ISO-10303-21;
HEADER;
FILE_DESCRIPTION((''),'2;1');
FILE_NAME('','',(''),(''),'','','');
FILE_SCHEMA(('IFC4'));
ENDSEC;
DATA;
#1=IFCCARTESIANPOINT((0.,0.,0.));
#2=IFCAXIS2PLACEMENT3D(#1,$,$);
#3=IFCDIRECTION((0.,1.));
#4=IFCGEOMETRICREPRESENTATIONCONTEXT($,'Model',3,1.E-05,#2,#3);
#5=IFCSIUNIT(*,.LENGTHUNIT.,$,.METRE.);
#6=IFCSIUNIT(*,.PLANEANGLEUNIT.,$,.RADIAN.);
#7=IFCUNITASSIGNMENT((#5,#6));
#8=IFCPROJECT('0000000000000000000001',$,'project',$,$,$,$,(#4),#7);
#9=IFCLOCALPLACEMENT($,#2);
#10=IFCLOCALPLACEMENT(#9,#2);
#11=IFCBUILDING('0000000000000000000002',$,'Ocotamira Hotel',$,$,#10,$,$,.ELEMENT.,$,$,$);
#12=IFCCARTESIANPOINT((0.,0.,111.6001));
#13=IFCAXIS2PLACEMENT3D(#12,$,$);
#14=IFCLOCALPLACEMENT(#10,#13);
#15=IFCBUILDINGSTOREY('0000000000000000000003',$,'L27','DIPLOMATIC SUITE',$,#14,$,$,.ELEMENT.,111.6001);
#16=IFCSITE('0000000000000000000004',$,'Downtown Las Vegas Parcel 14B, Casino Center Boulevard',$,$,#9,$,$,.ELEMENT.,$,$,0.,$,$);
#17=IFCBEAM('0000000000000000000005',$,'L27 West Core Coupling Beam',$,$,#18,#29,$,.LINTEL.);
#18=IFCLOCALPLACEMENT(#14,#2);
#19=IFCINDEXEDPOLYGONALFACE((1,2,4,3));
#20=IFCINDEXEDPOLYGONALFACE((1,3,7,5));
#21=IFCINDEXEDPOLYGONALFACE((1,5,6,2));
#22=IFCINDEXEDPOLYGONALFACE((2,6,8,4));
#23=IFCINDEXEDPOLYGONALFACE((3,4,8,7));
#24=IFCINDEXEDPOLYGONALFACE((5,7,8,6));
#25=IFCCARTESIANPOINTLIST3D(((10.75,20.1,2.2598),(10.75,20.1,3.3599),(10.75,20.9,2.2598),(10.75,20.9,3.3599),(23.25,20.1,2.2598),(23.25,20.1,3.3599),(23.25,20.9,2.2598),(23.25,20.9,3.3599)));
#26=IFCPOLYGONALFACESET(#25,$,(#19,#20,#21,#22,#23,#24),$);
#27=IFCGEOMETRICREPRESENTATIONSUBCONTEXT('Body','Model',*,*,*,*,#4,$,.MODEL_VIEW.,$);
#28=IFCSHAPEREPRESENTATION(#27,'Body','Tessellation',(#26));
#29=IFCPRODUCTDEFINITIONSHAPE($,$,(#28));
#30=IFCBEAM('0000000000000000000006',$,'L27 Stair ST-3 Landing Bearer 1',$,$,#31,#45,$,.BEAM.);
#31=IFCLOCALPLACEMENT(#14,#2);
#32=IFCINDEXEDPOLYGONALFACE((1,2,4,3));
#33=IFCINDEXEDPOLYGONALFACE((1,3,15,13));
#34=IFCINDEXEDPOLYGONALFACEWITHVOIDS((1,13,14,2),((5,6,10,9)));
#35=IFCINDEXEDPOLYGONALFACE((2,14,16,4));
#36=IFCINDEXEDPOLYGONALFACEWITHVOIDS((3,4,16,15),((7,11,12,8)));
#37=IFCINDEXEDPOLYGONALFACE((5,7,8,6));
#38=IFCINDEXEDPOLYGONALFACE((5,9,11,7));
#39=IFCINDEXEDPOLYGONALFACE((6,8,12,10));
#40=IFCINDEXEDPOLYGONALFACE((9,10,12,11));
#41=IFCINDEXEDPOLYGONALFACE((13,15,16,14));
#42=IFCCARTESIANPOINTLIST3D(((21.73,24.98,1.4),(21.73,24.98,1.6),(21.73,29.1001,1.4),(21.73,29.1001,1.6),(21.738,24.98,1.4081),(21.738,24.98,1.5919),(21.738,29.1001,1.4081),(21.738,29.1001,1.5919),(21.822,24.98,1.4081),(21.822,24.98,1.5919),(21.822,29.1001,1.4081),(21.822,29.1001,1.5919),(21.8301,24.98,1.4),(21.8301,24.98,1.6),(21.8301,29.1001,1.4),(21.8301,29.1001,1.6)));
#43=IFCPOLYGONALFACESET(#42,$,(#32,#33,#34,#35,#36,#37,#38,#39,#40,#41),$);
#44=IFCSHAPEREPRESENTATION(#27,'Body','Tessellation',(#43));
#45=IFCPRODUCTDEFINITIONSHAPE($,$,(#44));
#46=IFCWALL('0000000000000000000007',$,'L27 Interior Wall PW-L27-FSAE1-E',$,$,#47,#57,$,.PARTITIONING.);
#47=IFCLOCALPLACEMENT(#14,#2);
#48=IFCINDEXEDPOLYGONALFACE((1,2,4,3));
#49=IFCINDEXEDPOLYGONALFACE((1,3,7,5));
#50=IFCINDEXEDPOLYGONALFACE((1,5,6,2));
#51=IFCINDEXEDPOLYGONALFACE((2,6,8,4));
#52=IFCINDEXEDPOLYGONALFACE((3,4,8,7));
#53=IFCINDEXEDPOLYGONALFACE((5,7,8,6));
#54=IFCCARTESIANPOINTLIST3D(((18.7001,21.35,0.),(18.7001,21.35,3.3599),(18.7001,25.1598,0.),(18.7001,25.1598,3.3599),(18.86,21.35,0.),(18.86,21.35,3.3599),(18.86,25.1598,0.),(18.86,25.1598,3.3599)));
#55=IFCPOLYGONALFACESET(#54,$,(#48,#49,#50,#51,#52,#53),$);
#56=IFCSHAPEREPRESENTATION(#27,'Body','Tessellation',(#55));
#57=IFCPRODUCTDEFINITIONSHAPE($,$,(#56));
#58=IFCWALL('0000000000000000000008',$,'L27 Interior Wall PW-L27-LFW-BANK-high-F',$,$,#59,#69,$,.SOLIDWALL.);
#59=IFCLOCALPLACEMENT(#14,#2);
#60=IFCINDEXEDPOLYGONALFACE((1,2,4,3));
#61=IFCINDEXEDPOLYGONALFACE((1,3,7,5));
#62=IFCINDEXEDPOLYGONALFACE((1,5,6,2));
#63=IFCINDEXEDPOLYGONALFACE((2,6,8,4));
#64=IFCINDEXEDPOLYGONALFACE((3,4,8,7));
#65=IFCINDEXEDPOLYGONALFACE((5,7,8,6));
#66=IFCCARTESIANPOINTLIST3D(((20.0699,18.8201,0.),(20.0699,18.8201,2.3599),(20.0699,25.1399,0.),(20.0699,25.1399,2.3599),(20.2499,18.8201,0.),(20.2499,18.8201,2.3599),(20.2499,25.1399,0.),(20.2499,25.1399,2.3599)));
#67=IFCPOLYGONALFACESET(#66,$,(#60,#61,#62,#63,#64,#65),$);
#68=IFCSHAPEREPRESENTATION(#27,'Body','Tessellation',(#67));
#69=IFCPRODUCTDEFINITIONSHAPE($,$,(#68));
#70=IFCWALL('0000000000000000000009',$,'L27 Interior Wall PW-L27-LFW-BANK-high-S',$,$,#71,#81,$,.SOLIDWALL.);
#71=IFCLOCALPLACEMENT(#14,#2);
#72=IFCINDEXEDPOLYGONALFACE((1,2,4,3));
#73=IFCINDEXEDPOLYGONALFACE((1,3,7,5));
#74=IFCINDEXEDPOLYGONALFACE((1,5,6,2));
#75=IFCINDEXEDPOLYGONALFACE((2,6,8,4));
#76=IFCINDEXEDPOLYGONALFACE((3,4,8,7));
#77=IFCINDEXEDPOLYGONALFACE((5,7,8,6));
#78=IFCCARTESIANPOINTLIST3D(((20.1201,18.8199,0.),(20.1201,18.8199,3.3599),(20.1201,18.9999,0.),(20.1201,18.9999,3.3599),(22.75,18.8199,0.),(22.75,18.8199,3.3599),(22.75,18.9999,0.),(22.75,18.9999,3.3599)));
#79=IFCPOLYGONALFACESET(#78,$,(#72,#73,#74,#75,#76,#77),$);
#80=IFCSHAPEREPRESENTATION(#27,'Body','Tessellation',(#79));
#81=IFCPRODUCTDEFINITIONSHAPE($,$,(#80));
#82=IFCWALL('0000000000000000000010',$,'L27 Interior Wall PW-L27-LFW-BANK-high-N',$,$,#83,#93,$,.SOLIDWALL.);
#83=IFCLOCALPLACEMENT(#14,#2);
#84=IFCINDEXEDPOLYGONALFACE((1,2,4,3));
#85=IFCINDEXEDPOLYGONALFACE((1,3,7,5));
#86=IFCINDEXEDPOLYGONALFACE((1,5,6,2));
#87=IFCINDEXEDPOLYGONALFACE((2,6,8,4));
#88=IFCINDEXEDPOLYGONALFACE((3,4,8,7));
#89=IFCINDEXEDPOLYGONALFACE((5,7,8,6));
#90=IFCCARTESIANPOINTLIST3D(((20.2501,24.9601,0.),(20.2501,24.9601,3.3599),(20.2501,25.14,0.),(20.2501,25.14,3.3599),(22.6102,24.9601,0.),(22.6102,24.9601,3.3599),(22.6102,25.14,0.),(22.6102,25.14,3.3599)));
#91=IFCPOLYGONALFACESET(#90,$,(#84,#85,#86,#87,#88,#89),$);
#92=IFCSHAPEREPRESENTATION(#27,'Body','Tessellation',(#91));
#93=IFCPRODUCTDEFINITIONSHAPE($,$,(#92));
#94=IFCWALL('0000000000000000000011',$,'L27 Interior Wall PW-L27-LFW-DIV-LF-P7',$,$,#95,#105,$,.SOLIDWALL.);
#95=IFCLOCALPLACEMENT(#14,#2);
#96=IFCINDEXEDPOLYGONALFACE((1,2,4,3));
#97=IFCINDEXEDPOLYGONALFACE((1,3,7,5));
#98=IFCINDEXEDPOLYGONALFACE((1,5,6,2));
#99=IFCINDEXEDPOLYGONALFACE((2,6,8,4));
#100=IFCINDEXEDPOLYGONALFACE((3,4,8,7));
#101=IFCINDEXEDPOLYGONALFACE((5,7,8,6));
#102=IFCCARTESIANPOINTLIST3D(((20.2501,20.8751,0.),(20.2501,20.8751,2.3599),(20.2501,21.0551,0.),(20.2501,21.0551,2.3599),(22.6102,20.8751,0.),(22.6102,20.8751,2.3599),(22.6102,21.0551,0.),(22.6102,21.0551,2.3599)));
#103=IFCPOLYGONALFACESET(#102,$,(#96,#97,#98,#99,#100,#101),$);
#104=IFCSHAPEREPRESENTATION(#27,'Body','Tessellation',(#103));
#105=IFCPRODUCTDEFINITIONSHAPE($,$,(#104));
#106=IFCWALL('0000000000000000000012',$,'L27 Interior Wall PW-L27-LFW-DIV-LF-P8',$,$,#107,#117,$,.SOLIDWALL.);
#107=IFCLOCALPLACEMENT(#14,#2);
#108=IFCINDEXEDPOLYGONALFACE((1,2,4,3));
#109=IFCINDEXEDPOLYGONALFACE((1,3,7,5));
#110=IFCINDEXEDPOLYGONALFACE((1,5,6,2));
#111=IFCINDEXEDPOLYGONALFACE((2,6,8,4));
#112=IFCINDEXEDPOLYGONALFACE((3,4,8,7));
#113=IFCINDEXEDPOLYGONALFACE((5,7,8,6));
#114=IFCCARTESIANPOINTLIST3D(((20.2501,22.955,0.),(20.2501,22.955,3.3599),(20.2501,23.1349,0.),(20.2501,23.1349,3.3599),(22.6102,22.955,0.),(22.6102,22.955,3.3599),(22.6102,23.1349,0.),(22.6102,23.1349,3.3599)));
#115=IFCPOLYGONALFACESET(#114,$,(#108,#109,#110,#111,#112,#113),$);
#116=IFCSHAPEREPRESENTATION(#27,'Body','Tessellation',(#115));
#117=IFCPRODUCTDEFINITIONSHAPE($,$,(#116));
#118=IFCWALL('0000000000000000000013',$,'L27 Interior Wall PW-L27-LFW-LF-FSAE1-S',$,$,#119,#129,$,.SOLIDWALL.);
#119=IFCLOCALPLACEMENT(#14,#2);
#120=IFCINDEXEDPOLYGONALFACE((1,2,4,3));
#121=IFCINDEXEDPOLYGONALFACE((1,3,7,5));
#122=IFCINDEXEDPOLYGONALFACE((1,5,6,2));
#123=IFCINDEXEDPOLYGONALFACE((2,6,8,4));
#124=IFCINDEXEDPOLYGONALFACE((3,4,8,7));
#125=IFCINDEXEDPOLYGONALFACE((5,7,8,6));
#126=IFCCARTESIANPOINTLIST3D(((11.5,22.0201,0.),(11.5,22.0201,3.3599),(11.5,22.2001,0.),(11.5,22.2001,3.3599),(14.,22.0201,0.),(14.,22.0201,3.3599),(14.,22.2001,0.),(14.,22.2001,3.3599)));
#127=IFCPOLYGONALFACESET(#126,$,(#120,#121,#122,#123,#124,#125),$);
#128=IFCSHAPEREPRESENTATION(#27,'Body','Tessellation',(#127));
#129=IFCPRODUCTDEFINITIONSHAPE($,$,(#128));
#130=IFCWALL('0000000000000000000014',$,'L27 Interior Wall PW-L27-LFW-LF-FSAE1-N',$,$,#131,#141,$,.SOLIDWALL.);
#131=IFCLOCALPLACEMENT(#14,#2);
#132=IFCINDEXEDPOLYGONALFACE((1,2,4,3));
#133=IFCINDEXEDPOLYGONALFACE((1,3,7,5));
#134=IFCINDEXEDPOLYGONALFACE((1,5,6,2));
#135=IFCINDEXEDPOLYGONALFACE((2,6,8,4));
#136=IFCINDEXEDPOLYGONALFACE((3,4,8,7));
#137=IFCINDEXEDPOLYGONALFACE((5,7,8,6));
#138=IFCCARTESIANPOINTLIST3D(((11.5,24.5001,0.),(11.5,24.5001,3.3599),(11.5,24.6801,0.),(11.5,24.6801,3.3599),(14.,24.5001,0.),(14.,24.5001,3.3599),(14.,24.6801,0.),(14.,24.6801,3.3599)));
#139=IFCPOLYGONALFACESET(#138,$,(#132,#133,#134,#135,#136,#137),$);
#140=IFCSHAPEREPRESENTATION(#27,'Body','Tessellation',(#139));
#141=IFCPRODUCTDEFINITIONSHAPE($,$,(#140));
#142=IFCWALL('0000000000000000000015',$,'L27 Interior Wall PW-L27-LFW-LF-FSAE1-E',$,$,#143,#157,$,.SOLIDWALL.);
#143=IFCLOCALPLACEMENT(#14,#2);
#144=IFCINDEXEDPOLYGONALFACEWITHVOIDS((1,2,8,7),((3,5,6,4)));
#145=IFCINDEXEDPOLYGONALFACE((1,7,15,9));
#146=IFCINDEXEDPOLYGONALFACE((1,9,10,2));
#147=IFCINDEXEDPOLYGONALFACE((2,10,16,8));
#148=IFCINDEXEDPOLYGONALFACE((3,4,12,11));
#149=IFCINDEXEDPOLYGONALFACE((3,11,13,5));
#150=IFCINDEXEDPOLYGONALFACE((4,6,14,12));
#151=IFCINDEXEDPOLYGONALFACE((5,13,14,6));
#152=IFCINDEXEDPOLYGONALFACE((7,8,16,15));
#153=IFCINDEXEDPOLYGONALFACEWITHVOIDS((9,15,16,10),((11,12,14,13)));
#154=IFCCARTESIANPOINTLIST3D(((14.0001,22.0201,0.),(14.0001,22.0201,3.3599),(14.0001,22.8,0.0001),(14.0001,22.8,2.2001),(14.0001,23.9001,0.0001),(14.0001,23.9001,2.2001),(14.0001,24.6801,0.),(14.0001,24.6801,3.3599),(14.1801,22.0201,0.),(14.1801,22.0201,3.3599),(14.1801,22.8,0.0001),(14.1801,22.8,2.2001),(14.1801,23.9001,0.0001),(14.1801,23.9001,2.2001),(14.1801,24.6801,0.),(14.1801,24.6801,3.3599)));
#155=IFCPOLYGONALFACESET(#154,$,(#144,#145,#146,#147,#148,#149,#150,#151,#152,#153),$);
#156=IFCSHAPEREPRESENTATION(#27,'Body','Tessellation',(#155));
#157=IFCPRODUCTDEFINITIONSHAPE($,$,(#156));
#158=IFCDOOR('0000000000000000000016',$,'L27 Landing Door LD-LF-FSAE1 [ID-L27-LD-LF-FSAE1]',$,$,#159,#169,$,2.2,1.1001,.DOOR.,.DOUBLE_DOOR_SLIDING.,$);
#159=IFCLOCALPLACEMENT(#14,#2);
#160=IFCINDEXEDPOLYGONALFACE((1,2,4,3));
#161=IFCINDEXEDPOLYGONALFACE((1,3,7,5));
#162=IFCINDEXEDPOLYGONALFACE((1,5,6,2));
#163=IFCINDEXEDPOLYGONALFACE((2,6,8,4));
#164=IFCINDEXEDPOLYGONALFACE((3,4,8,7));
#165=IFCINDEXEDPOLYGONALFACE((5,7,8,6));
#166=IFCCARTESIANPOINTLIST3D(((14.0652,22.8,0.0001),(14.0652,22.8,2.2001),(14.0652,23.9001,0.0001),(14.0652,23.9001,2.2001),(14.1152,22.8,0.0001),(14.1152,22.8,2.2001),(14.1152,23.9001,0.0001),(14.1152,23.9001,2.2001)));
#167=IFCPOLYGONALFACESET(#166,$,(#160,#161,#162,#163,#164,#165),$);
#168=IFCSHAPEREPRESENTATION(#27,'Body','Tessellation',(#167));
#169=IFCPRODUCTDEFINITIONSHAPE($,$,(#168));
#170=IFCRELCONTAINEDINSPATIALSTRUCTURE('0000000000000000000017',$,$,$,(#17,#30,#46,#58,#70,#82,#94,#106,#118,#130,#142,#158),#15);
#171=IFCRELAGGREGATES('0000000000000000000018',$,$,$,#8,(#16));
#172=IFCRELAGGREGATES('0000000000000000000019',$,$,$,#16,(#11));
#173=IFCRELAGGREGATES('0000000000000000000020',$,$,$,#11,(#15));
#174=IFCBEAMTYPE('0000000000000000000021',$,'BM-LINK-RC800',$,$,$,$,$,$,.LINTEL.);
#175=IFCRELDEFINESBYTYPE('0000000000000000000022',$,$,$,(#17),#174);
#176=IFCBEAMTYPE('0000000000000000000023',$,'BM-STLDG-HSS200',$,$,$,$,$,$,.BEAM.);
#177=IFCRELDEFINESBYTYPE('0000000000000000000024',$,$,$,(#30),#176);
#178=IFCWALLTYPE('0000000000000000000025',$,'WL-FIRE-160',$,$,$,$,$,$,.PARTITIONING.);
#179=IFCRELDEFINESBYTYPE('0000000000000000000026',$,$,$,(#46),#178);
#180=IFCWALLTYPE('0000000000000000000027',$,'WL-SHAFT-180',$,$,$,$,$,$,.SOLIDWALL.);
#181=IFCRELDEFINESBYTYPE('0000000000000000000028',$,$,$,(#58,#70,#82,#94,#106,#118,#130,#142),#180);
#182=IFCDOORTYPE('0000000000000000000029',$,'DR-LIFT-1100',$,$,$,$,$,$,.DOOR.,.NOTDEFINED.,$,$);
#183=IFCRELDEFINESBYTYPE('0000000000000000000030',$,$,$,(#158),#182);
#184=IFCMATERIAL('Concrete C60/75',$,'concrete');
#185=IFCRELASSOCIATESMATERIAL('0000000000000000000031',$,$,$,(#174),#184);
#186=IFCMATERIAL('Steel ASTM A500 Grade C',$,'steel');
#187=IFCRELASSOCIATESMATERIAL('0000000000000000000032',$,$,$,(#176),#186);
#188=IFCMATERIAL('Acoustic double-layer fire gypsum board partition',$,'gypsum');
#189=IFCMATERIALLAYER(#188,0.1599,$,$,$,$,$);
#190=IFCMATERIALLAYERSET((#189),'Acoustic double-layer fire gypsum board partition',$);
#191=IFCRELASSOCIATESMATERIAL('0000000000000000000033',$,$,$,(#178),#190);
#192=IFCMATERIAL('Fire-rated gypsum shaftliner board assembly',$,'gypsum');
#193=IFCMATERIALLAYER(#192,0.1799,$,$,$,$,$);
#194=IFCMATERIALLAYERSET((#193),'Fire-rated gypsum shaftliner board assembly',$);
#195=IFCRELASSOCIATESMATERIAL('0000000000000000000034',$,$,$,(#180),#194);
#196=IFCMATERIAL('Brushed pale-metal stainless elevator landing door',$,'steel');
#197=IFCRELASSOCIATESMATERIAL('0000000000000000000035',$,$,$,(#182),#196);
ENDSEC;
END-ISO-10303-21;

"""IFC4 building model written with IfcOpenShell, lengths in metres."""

from ifc_helpers import new_model, si_unit, direction, frame, frame_2d, origin, origin_2d, place, context, subcontext, project, spatial, rectangle, hollow_rectangle, extrude, source, transform, mapped, material, layer, layer_set, material_profile, profile_set, type_object, element, fill, save


model = new_model("IFC4")

# Units and contexts
model_context = context("Model", 3, precision=1e-05, world=origin(), true_north=direction((0.0, 1.0)))
body_context = subcontext(model_context, "Body", "Model", "MODEL_VIEW")
ifc_project = project(units=[si_unit("LENGTHUNIT", "METRE"), si_unit("PLANEANGLEUNIT", "RADIAN")], contexts=[model_context])

# Site, building, storey
site_placement = place(None, origin())
site = spatial("IfcSite", under=ifc_project, at=site_placement, Name="Downtown Las Vegas Parcel 14B, Casino Center Boulevard", CompositionType="ELEMENT", RefElevation=0.0)
building_placement = place(site_placement, origin())
building = spatial("IfcBuilding", under=site, at=building_placement, Name="Ocotamira Hotel", CompositionType="ELEMENT")
storey_placement = place(building_placement, frame((0.0, 0.0, 111.6001)))
storey = spatial("IfcBuildingStorey", under=building, at=storey_placement, Name="L27", Description="DIPLOMATIC SUITE", CompositionType="ELEMENT", Elevation=111.6001)

# Beams
ifc_material_1 = material(Name="Concrete C60/75", Category="concrete")
ifc_material_profile_1 = material_profile(ifc_material_1, rectangle(XDim=0.8, YDim=1.1001, at=origin_2d()), Name="RC800X1100")
ifc_profile_set_1 = profile_set([ifc_material_profile_1], Name="Concrete C60/75")
beam_type_1 = type_object("IfcBeamType", Name="BM-LINK-RC800", PredefinedType="LINTEL", material=ifc_profile_set_1)
shared_shape_1 = source(origin(), body_context, "Body", "SweptSolid", [
    extrude(rectangle(XDim=0.8, YDim=1.1001, at=origin_2d()), origin(), (0.0, 0.0, 1.0), 12.5),
])
beam_1_placement = place(storey_placement, frame((10.75, 20.5, 2.8098), z_axis=(1.0, 0.0, 0.0), x_axis=(0.0, 1.0, 0.0)))
element("IfcBeam", 1, at=beam_1_placement, inside=storey, type_object=beam_type_1, Name="L27 West Core Coupling Beam", PredefinedType="LINTEL", context=body_context, shape_type="MappedRepresentation", body=[
    mapped(shared_shape_1, transform((0.0, 0.0, 0.0), scale=1.0)),
])
ifc_material_2 = material(Name="Steel ASTM A500 Grade C", Category="steel")
ifc_material_profile_2 = material_profile(ifc_material_2, hollow_rectangle(XDim=0.1001, YDim=0.2, WallThickness=0.0081, at=origin_2d()), Name="HSS200X100X8")
ifc_profile_set_2 = profile_set([ifc_material_profile_2], Name="Steel ASTM A500 Grade C")
beam_type_2 = type_object("IfcBeamType", Name="BM-STLDG-HSS200", PredefinedType="BEAM", material=ifc_profile_set_2)
shared_shape_2 = source(origin(), body_context, "Body", "SweptSolid", [
    extrude(hollow_rectangle(XDim=0.1001, YDim=0.2, WallThickness=0.0081, at=origin_2d()), origin(), (0.0, 0.0, 1.0), 4.1201),
])
beam_2_placement = place(storey_placement, frame((21.78, 24.98, 1.5), z_axis=(0.0, 1.0, 0.0), x_axis=(-1.0, 0.0, 0.0)))
element("IfcBeam", 2, at=beam_2_placement, inside=storey, type_object=beam_type_2, Name="L27 Stair ST-3 Landing Bearer 1", PredefinedType="BEAM", context=body_context, shape_type="MappedRepresentation", body=[
    mapped(shared_shape_2, transform((0.0, 0.0, 0.0), scale=1.0)),
])

# Shared definitions
ifc_material_3 = material(Name="Acoustic double-layer fire gypsum board partition", Category="gypsum")
ifc_layer_1 = layer(ifc_material_3, 0.1599)
ifc_layer_set_1 = layer_set([ifc_layer_1], Name="Acoustic double-layer fire gypsum board partition")
wall_type_1 = type_object("IfcWallType", Name="WL-FIRE-160", PredefinedType="PARTITIONING", material=ifc_layer_set_1)

# Walls
wall_1_placement = place(storey_placement, frame((18.78, 21.3501, 0.0), z_axis=(0.0, 0.0, 1.0), x_axis=(0.0, 1.0, 0.0)))
element("IfcWall", 3, at=wall_1_placement, inside=storey, type_object=wall_type_1, Name="L27 Interior Wall PW-L27-FSAE1-E", PredefinedType="PARTITIONING", context=body_context, shape_type="SweptSolid", body=[
    extrude(rectangle(XDim=3.8098, YDim=0.1599, at=frame_2d((1.9048, 0.0))), origin(), (0.0, 0.0, 1.0), 3.3599),
])
ifc_material_4 = material(Name="Fire-rated gypsum shaftliner board assembly", Category="gypsum")
ifc_layer_2 = layer(ifc_material_4, 0.1799)
ifc_layer_set_2 = layer_set([ifc_layer_2], Name="Fire-rated gypsum shaftliner board assembly")
wall_type_2 = type_object("IfcWallType", Name="WL-SHAFT-180", PredefinedType="SOLIDWALL", material=ifc_layer_set_2)
wall_2_placement = place(storey_placement, frame((20.1599, 18.8201, 0.0), z_axis=(0.0, 0.0, 1.0), x_axis=(0.0, 1.0, 0.0)))
element("IfcWall", 4, at=wall_2_placement, inside=storey, type_object=wall_type_2, Name="L27 Interior Wall PW-L27-LFW-BANK-high-F", PredefinedType="SOLIDWALL", context=body_context, shape_type="SweptSolid", body=[
    extrude(rectangle(XDim=6.3198, YDim=0.1799, at=frame_2d((3.1599, 0.0))), origin(), (0.0, 0.0, 1.0), 2.3599),
])
wall_3_placement = place(storey_placement, frame((20.1201, 18.9099, 0.0), z_axis=(0.0, 0.0, 1.0), x_axis=(1.0, 0.0, 0.0)))
element("IfcWall", 5, at=wall_3_placement, inside=storey, type_object=wall_type_2, Name="L27 Interior Wall PW-L27-LFW-BANK-high-S", PredefinedType="SOLIDWALL", context=body_context, shape_type="SweptSolid", body=[
    extrude(rectangle(XDim=2.6299, YDim=0.1799, at=frame_2d((1.3149, 0.0))), origin(), (0.0, 0.0, 1.0), 3.3599),
])
wall_4_placement = place(storey_placement, frame((20.25, 25.05, 0.0), z_axis=(0.0, 0.0, 1.0), x_axis=(1.0, 0.0, 0.0)))
element("IfcWall", 6, at=wall_4_placement, inside=storey, type_object=wall_type_2, Name="L27 Interior Wall PW-L27-LFW-BANK-high-N", PredefinedType="SOLIDWALL", context=body_context, shape_type="SweptSolid", body=[
    extrude(rectangle(XDim=2.3601, YDim=0.1799, at=frame_2d((1.1802, 0.0))), origin(), (0.0, 0.0, 1.0), 3.3599),
])
wall_5_placement = place(storey_placement, frame((20.25, 20.9651, 0.0), z_axis=(0.0, 0.0, 1.0), x_axis=(1.0, 0.0, 0.0)))
element("IfcWall", 7, at=wall_5_placement, inside=storey, type_object=wall_type_2, Name="L27 Interior Wall PW-L27-LFW-DIV-LF-P7", PredefinedType="SOLIDWALL", context=body_context, shape_type="SweptSolid", body=[
    extrude(rectangle(XDim=2.3601, YDim=0.1799, at=frame_2d((1.1802, 0.0))), origin(), (0.0, 0.0, 1.0), 2.3599),
])
wall_6_placement = place(storey_placement, frame((20.25, 23.0449, 0.0), z_axis=(0.0, 0.0, 1.0), x_axis=(1.0, 0.0, 0.0)))
element("IfcWall", 8, at=wall_6_placement, inside=storey, type_object=wall_type_2, Name="L27 Interior Wall PW-L27-LFW-DIV-LF-P8", PredefinedType="SOLIDWALL", context=body_context, shape_type="SweptSolid", body=[
    extrude(rectangle(XDim=2.3601, YDim=0.1799, at=frame_2d((1.1802, 0.0))), origin(), (0.0, 0.0, 1.0), 3.3599),
])
for number, where, z_axis, x_axis, name in (
    (9, (11.5, 22.1101, 0.0), (0.0, 0.0, 1.0), (1.0, 0.0, 0.0), "L27 Interior Wall PW-L27-LFW-LF-FSAE1-S"),
    (10, (11.5, 24.5901, 0.0), (0.0, 0.0, 1.0), (1.0, 0.0, 0.0), "L27 Interior Wall PW-L27-LFW-LF-FSAE1-N"),
):
    element("IfcWall", number, at=place(storey_placement, frame(where, z_axis=z_axis, x_axis=x_axis)), inside=storey, type_object=wall_type_2, Name=name, PredefinedType="SOLIDWALL", context=body_context, shape_type="SweptSolid", body=[
        extrude(rectangle(XDim=2.5, YDim=0.1799, at=frame_2d((1.25, 0.0))), origin(), (0.0, 0.0, 1.0), 3.3599),
    ])

# Wall, opening, door
wall_7_placement = place(storey_placement, frame((14.0901, 22.02, 0.0), z_axis=(0.0, 0.0, 1.0), x_axis=(0.0, 1.0, 0.0)))
wall_7 = element("IfcWall", 11, at=wall_7_placement, inside=storey, type_object=wall_type_2, Name="L27 Interior Wall PW-L27-LFW-LF-FSAE1-E", PredefinedType="SOLIDWALL", context=body_context, shape_type="SweptSolid", body=[
    extrude(rectangle(XDim=2.6599, YDim=0.1799, at=frame_2d((1.3301, 0.0))), origin(), (0.0, 0.0, 1.0), 3.3599),
])
opening_1_placement = place(wall_7_placement, frame((0.78, 0.0, 0.0)))
opening_1 = element("IfcOpeningElement", 12, at=opening_1_placement, cuts=wall_7, PredefinedType="OPENING", context=body_context, shape_type="SweptSolid", body=[
    extrude(rectangle(XDim=1.1001, YDim=2.2, at=frame_2d((0.55, 1.1001))), frame((0.0, 0.1001, 0.0), z_axis=(0.0, -1.0, 0.0), x_axis=(1.0, 0.0, 0.0)), (0.0, 0.0, 1.0), 0.2),
])
ifc_material_5 = material(Name="Brushed pale-metal stainless elevator landing door", Category="steel")
door_type_1 = type_object("IfcDoorType", Name="DR-LIFT-1100", OperationType="NOTDEFINED", PredefinedType="DOOR", material=ifc_material_5)
shared_shape_3 = source(origin(), body_context, "Body", "SweptSolid", [
    extrude(rectangle(XDim=1.1001, YDim=2.2, at=frame_2d((0.55, 1.1001))), frame((0.0, 0.0249, 0.0), z_axis=(0.0, -1.0, 0.0), x_axis=(1.0, 0.0, 0.0)), (0.0, 0.0, 1.0), 0.05),
])
door_1_placement = place(opening_1_placement, origin())
door_1 = element("IfcDoor", 13, at=door_1_placement, inside=storey, type_object=door_type_1, Name="L27 Landing Door LD-LF-FSAE1 [ID-L27-LD-LF-FSAE1]", OperationType="DOUBLE_DOOR_SLIDING", OverallHeight=2.2, OverallWidth=1.1001, PredefinedType="DOOR", context=body_context, shape_type="MappedRepresentation", body=[
    mapped(shared_shape_3, transform((0.0, 0.0, 0.0), scale=1.0)),
])
fill(opening_1, door_1)

save(model, "model.ifc")
